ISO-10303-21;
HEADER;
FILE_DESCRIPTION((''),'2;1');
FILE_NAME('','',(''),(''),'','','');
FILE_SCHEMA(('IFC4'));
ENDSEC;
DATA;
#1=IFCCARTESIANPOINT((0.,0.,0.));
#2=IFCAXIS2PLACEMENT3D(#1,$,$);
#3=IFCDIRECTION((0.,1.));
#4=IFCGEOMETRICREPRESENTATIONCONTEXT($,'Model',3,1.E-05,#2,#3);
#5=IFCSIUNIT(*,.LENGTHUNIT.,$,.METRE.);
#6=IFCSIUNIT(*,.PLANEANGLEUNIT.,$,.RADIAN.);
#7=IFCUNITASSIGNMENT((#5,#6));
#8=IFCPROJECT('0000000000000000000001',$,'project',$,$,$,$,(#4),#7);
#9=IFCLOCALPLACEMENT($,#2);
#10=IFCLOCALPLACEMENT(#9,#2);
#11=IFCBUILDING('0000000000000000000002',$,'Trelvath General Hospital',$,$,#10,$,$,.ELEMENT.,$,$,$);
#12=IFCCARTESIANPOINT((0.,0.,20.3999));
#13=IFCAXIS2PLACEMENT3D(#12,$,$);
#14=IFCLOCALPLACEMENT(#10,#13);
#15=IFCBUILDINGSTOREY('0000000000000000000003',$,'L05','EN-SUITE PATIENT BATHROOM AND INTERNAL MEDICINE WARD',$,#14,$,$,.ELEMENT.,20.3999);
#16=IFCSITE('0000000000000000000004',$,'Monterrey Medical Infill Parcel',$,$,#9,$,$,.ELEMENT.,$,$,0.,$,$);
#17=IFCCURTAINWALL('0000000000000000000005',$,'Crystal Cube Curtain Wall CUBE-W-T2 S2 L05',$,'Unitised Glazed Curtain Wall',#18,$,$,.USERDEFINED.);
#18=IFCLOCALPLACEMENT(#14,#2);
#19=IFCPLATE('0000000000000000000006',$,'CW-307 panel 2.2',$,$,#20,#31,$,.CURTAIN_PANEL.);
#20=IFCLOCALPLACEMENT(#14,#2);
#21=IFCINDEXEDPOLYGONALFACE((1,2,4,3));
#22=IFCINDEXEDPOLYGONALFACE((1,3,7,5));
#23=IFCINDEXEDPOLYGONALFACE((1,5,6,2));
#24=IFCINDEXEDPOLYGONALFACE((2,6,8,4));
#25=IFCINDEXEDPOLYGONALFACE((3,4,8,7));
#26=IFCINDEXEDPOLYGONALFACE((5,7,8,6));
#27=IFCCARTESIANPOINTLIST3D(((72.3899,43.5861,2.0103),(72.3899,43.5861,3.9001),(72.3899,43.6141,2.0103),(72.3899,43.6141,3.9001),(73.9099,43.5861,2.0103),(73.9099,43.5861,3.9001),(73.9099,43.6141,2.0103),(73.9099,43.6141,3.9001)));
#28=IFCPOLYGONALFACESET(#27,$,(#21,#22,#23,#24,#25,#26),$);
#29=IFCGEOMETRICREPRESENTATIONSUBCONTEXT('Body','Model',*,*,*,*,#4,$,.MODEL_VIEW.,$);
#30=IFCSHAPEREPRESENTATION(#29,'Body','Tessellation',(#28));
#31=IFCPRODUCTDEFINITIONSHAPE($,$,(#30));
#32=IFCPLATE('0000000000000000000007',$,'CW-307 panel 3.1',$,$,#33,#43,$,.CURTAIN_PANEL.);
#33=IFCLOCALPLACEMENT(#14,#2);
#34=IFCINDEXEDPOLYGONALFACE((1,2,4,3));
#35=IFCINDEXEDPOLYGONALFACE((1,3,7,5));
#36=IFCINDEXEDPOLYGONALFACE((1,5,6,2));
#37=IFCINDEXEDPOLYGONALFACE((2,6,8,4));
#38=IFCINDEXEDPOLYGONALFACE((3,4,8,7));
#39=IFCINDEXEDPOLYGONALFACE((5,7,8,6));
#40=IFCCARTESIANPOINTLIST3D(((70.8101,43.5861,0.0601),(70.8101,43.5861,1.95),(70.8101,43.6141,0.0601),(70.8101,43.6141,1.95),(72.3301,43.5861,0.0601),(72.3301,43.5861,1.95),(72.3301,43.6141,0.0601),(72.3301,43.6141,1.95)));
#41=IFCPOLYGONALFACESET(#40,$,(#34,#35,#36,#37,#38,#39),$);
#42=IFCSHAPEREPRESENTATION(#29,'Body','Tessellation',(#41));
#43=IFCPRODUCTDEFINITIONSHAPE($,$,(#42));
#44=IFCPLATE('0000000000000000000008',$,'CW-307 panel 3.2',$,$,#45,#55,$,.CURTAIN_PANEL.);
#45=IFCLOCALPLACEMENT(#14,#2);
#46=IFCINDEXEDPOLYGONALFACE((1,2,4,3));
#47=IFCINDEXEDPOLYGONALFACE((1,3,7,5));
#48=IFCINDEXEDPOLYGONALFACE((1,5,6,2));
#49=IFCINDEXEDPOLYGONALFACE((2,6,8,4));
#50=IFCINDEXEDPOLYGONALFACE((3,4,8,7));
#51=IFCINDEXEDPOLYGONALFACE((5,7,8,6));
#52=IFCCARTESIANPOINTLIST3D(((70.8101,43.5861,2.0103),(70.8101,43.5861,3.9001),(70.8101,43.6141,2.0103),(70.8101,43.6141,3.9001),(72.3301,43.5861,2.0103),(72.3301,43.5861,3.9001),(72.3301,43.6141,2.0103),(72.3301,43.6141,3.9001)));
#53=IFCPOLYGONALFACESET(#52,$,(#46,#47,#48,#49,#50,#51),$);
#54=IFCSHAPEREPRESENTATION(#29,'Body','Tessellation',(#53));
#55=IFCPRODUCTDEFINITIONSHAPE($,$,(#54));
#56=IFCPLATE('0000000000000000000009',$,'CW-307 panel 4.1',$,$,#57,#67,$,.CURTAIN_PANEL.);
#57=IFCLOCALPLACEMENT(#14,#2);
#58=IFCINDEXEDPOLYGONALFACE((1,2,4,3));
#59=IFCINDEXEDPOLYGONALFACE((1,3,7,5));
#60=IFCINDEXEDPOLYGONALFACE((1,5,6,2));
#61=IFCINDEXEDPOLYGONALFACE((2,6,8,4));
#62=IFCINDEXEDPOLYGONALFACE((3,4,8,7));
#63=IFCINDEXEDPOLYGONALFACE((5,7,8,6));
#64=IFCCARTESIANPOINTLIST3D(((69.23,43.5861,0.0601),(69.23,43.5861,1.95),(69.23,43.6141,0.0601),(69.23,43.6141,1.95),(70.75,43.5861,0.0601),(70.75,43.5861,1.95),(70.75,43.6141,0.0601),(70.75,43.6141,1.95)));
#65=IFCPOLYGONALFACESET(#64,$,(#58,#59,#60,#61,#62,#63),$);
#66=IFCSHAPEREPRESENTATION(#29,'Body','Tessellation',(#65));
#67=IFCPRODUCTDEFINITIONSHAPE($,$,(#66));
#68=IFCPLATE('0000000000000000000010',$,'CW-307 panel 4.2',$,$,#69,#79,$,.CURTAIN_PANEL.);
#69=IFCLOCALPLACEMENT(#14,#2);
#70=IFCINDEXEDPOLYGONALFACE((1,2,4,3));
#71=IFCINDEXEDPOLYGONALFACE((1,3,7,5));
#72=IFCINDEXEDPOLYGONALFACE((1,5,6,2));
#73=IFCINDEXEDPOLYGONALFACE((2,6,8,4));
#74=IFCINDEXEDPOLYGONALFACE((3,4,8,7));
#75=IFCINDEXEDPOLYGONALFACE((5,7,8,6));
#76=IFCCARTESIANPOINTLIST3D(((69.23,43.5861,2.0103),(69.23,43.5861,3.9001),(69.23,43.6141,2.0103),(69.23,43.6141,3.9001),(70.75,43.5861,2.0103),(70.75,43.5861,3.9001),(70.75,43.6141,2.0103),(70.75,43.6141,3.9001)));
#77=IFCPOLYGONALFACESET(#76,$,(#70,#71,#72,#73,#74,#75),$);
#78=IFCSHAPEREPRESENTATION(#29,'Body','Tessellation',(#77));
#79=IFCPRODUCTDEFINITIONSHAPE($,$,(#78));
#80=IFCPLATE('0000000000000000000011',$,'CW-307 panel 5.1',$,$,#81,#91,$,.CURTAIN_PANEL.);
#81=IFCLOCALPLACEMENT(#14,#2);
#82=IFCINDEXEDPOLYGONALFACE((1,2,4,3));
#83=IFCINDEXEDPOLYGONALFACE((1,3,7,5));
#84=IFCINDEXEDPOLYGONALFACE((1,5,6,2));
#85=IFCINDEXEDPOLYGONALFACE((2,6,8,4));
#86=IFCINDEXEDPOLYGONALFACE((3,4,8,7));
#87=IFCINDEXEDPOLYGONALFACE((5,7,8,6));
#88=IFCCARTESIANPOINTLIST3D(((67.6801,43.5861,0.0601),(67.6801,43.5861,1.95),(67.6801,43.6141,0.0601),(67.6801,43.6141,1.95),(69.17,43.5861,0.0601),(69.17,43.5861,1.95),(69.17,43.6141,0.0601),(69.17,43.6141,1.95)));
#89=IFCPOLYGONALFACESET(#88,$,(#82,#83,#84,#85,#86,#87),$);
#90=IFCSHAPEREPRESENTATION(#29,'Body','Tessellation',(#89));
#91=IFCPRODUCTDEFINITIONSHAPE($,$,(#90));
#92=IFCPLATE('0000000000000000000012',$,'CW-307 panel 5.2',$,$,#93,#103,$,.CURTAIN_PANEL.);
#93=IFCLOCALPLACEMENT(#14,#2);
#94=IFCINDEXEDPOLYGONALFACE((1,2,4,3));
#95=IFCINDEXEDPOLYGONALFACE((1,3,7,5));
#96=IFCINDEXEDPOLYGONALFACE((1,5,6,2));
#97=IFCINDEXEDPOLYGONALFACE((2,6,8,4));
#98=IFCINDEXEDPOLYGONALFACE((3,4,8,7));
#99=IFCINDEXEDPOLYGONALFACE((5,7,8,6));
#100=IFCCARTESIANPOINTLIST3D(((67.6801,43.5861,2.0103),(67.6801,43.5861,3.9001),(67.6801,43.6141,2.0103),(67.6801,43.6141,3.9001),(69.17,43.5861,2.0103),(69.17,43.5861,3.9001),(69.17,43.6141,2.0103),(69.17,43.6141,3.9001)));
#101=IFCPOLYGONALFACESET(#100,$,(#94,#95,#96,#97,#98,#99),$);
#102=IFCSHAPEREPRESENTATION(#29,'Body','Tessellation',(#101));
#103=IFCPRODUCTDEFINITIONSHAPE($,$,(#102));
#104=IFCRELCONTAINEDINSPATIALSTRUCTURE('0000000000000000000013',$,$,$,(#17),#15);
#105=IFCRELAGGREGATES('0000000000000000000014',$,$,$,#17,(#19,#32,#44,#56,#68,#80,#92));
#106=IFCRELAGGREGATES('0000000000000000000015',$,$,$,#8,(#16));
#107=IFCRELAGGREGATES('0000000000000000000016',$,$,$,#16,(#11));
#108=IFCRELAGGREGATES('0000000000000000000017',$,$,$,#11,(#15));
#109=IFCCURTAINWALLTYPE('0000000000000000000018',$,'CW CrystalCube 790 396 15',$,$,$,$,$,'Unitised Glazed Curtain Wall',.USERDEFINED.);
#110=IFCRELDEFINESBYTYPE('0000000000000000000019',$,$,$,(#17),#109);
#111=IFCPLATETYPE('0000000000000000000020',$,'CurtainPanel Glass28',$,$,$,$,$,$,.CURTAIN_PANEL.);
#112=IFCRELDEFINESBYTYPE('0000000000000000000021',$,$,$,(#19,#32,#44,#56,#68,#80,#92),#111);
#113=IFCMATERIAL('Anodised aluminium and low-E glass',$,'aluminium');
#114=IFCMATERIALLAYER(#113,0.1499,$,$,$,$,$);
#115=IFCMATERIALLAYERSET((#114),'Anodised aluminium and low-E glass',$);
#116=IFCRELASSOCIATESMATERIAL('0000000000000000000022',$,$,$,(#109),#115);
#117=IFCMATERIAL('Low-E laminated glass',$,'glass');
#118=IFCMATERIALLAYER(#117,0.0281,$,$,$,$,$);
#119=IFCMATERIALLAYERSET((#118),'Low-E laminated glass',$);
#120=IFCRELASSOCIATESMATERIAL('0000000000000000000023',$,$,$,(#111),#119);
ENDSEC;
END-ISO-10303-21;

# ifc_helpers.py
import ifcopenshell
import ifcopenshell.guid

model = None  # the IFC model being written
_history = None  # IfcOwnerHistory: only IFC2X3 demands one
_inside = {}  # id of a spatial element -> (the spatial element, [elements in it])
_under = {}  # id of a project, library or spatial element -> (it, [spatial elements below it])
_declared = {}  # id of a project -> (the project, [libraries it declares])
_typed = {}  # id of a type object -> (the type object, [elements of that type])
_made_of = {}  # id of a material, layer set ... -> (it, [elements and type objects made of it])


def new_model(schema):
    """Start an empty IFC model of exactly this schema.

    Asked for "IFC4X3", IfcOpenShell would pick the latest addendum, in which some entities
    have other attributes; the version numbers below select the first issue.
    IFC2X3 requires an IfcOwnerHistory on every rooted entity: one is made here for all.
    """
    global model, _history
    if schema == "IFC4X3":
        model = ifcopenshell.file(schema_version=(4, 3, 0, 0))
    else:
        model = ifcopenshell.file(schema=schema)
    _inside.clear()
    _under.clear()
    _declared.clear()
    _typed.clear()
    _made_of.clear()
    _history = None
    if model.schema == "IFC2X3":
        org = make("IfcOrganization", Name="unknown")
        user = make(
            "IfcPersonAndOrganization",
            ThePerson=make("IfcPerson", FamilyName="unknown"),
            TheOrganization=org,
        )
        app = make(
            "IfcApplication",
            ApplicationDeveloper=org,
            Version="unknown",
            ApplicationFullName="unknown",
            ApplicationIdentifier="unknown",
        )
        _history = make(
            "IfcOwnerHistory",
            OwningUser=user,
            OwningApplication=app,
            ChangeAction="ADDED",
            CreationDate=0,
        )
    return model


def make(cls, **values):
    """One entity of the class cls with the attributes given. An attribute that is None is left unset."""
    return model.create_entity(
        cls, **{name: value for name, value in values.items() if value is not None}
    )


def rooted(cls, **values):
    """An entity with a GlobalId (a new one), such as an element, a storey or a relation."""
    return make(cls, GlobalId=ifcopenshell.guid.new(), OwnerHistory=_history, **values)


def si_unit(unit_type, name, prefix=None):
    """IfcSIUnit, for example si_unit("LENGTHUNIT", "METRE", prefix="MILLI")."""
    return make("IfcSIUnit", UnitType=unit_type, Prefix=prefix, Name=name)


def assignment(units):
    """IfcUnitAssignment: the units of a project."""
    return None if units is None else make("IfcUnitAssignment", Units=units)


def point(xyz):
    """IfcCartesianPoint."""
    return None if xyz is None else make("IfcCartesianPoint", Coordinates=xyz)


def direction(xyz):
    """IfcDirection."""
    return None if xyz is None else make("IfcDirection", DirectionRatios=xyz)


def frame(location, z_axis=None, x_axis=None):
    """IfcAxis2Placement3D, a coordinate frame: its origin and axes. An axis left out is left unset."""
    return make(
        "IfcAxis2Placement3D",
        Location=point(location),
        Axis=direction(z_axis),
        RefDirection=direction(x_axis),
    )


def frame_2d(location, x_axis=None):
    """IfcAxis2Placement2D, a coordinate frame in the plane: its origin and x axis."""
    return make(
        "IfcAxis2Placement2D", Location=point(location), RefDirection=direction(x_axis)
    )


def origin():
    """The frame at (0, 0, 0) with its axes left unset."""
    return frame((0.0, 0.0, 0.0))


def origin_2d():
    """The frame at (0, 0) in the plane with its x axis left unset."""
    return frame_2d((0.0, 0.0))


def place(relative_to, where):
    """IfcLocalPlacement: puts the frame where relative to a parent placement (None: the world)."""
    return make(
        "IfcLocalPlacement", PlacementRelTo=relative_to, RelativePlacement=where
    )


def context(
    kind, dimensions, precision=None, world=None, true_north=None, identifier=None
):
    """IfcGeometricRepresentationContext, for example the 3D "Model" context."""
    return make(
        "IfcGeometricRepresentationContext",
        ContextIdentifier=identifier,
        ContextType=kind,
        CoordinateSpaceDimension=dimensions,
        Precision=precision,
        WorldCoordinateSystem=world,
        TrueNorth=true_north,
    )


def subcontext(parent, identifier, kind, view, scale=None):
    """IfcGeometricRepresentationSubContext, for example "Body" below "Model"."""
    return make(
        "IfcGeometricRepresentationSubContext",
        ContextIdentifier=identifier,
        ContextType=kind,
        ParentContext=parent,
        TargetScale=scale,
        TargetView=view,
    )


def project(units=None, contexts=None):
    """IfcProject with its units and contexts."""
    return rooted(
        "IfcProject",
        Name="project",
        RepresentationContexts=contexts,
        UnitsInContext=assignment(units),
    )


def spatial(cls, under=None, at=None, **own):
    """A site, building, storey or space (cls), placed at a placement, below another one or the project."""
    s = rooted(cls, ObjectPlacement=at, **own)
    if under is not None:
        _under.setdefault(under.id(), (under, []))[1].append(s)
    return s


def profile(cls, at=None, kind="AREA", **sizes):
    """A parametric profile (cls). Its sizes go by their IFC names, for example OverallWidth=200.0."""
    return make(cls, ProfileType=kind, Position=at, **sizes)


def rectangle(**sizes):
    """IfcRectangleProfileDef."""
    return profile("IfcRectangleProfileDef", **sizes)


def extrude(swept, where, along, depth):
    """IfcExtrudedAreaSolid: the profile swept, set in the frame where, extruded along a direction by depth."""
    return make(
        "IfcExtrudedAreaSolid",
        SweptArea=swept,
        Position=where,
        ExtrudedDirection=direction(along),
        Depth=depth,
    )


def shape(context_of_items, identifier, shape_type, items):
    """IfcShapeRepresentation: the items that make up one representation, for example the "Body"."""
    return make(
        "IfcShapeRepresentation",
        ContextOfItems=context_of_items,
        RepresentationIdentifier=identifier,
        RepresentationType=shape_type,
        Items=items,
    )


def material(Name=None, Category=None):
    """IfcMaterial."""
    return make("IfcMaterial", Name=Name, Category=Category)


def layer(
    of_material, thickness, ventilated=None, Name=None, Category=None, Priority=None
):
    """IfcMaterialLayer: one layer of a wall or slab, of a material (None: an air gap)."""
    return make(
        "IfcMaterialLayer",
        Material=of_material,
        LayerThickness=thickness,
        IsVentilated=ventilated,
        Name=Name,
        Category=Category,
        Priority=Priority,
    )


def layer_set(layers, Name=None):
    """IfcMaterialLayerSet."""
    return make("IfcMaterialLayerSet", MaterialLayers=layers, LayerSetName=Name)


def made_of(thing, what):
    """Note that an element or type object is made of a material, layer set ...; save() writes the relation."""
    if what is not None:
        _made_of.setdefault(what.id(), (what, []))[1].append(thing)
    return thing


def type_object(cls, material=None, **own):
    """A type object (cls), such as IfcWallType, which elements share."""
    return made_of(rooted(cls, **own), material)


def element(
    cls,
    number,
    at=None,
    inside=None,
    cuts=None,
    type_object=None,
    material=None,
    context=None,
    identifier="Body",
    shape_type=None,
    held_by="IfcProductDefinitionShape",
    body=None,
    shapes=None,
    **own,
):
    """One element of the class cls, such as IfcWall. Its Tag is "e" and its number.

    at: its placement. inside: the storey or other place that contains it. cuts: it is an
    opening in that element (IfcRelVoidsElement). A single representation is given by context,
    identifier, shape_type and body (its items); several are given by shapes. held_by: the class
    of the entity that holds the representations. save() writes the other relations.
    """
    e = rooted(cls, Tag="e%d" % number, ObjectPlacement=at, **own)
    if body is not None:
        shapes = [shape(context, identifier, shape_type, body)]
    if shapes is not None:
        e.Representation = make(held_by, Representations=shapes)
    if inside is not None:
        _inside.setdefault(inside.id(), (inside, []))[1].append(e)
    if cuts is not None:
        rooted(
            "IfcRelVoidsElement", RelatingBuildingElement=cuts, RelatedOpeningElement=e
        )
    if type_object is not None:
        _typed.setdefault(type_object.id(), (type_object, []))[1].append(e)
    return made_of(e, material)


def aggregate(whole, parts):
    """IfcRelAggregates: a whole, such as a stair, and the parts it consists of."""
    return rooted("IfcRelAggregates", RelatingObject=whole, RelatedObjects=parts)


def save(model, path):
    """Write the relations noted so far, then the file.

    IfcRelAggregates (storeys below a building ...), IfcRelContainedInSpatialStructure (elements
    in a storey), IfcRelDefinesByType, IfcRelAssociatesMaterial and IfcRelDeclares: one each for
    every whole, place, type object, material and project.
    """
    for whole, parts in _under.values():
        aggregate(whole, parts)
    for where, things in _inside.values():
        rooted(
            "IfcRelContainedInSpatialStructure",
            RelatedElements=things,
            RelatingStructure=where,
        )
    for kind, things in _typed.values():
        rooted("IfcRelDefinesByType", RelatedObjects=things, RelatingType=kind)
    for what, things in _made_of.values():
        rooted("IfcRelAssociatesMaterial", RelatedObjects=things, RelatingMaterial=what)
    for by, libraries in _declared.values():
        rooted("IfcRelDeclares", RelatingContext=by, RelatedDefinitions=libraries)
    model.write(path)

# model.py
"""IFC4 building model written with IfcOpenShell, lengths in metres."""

from ifc_helpers import new_model, si_unit, direction, frame, origin, origin_2d, place, context, subcontext, project, spatial, rectangle, extrude, material, layer, layer_set, type_object, element, aggregate, save


model = new_model("IFC4")

# Units and contexts
model_context = context("Model", 3, precision=1e-05, world=origin(), true_north=direction((0.0, 1.0)))
body_context = subcontext(model_context, "Body", "Model", "MODEL_VIEW")
ifc_project = project(units=[si_unit("LENGTHUNIT", "METRE"), si_unit("PLANEANGLEUNIT", "RADIAN")], contexts=[model_context])

# Site, building, storey
site_placement = place(None, origin())
site = spatial("IfcSite", under=ifc_project, at=site_placement, Name="Monterrey Medical Infill Parcel", CompositionType="ELEMENT", RefElevation=0.0)
building_placement = place(site_placement, origin())
building = spatial("IfcBuilding", under=site, at=building_placement, Name="Trelvath General Hospital", CompositionType="ELEMENT")
storey_placement = place(building_placement, frame((0.0, 0.0, 20.3999)))
storey = spatial("IfcBuildingStorey", under=building, at=storey_placement, Name="L05", Description="EN-SUITE PATIENT BATHROOM AND INTERNAL MEDICINE WARD", CompositionType="ELEMENT", Elevation=20.3999)

# Shared definitions
ifc_material_1 = material(Name="Anodised aluminium and low-E glass", Category="aluminium")
ifc_layer_1 = layer(ifc_material_1, 0.1499)
ifc_layer_set_1 = layer_set([ifc_layer_1], Name="Anodised aluminium and low-E glass")
curtain_wall_type = type_object("IfcCurtainWallType", Name="CW CrystalCube 790 396 15", ElementType="Unitised Glazed Curtain Wall", PredefinedType="USERDEFINED", material=ifc_layer_set_1)

# Curtain wall
curtain_wall_1_placement = place(storey_placement, origin())
curtain_wall_1 = element("IfcCurtainWall", 1, at=curtain_wall_1_placement, inside=storey, type_object=curtain_wall_type, Name="Crystal Cube Curtain Wall CUBE-W-T2 S2 L05", ObjectType="Unitised Glazed Curtain Wall", PredefinedType="USERDEFINED")

# Plates
ifc_material_2 = material(Name="Low-E laminated glass", Category="glass")
ifc_layer_2 = layer(ifc_material_2, 0.0281)
ifc_layer_set_2 = layer_set([ifc_layer_2], Name="Low-E laminated glass")
plate_type = type_object("IfcPlateType", Name="CurtainPanel Glass28", PredefinedType="CURTAIN_PANEL", material=ifc_layer_set_2)
plate_1_placement = place(storey_placement, frame((73.1499, 43.6001, 2.0103), z_axis=(0.0, 0.0, 1.0), x_axis=(-1.0, 0.0, 0.0)))
plate_1 = element("IfcPlate", 2, at=plate_1_placement, type_object=plate_type, Name="CW-307 panel 2.2", PredefinedType="CURTAIN_PANEL", context=body_context, shape_type="SweptSolid", body=[
    extrude(rectangle(XDim=1.52, YDim=0.0281, at=origin_2d()), origin(), (0.0, 0.0, 1.0), 1.8899),
])
plate_2_placement = place(storey_placement, frame((71.5701, 43.6001, 0.0601), z_axis=(0.0, 0.0, 1.0), x_axis=(-1.0, 0.0, 0.0)))
plate_2 = element("IfcPlate", 3, at=plate_2_placement, type_object=plate_type, Name="CW-307 panel 3.1", PredefinedType="CURTAIN_PANEL", context=body_context, shape_type="SweptSolid", body=[
    extrude(rectangle(XDim=1.52, YDim=0.0281, at=origin_2d()), origin(), (0.0, 0.0, 1.0), 1.8899),
])
plate_3_placement = place(storey_placement, frame((71.5701, 43.6001, 2.0103), z_axis=(0.0, 0.0, 1.0), x_axis=(-1.0, 0.0, 0.0)))
plate_3 = element("IfcPlate", 4, at=plate_3_placement, type_object=plate_type, Name="CW-307 panel 3.2", PredefinedType="CURTAIN_PANEL", context=body_context, shape_type="SweptSolid", body=[
    extrude(rectangle(XDim=1.52, YDim=0.0281, at=origin_2d()), origin(), (0.0, 0.0, 1.0), 1.8899),
])
plate_4_placement = place(storey_placement, frame((69.99, 43.6001, 0.0601), z_axis=(0.0, 0.0, 1.0), x_axis=(-1.0, 0.0, 0.0)))
plate_4 = element("IfcPlate", 5, at=plate_4_placement, type_object=plate_type, Name="CW-307 panel 4.1", PredefinedType="CURTAIN_PANEL", context=body_context, shape_type="SweptSolid", body=[
    extrude(rectangle(XDim=1.52, YDim=0.0281, at=origin_2d()), origin(), (0.0, 0.0, 1.0), 1.8899),
])
plate_5_placement = place(storey_placement, frame((69.99, 43.6001, 2.0103), z_axis=(0.0, 0.0, 1.0), x_axis=(-1.0, 0.0, 0.0)))
plate_5 = element("IfcPlate", 6, at=plate_5_placement, type_object=plate_type, Name="CW-307 panel 4.2", PredefinedType="CURTAIN_PANEL", context=body_context, shape_type="SweptSolid", body=[
    extrude(rectangle(XDim=1.52, YDim=0.0281, at=origin_2d()), origin(), (0.0, 0.0, 1.0), 1.8899),
])
plate_6_placement = place(storey_placement, frame((68.425, 43.6001, 0.0601), z_axis=(0.0, 0.0, 1.0), x_axis=(-1.0, 0.0, 0.0)))
plate_6 = element("IfcPlate", 7, at=plate_6_placement, type_object=plate_type, Name="CW-307 panel 5.1", PredefinedType="CURTAIN_PANEL", context=body_context, shape_type="SweptSolid", body=[
    extrude(rectangle(XDim=1.49, YDim=0.0281, at=origin_2d()), origin(), (0.0, 0.0, 1.0), 1.8899),
])
plate_7_placement = place(storey_placement, frame((68.425, 43.6001, 2.0103), z_axis=(0.0, 0.0, 1.0), x_axis=(-1.0, 0.0, 0.0)))
plate_7 = element("IfcPlate", 8, at=plate_7_placement, type_object=plate_type, Name="CW-307 panel 5.2", PredefinedType="CURTAIN_PANEL", context=body_context, shape_type="SweptSolid", body=[
    extrude(rectangle(XDim=1.49, YDim=0.0281, at=origin_2d()), origin(), (0.0, 0.0, 1.0), 1.8899),
])
aggregate(curtain_wall_1, [plate_1, plate_2, plate_3, plate_4, plate_5, plate_6, plate_7])

save(model, "model.ifc")
